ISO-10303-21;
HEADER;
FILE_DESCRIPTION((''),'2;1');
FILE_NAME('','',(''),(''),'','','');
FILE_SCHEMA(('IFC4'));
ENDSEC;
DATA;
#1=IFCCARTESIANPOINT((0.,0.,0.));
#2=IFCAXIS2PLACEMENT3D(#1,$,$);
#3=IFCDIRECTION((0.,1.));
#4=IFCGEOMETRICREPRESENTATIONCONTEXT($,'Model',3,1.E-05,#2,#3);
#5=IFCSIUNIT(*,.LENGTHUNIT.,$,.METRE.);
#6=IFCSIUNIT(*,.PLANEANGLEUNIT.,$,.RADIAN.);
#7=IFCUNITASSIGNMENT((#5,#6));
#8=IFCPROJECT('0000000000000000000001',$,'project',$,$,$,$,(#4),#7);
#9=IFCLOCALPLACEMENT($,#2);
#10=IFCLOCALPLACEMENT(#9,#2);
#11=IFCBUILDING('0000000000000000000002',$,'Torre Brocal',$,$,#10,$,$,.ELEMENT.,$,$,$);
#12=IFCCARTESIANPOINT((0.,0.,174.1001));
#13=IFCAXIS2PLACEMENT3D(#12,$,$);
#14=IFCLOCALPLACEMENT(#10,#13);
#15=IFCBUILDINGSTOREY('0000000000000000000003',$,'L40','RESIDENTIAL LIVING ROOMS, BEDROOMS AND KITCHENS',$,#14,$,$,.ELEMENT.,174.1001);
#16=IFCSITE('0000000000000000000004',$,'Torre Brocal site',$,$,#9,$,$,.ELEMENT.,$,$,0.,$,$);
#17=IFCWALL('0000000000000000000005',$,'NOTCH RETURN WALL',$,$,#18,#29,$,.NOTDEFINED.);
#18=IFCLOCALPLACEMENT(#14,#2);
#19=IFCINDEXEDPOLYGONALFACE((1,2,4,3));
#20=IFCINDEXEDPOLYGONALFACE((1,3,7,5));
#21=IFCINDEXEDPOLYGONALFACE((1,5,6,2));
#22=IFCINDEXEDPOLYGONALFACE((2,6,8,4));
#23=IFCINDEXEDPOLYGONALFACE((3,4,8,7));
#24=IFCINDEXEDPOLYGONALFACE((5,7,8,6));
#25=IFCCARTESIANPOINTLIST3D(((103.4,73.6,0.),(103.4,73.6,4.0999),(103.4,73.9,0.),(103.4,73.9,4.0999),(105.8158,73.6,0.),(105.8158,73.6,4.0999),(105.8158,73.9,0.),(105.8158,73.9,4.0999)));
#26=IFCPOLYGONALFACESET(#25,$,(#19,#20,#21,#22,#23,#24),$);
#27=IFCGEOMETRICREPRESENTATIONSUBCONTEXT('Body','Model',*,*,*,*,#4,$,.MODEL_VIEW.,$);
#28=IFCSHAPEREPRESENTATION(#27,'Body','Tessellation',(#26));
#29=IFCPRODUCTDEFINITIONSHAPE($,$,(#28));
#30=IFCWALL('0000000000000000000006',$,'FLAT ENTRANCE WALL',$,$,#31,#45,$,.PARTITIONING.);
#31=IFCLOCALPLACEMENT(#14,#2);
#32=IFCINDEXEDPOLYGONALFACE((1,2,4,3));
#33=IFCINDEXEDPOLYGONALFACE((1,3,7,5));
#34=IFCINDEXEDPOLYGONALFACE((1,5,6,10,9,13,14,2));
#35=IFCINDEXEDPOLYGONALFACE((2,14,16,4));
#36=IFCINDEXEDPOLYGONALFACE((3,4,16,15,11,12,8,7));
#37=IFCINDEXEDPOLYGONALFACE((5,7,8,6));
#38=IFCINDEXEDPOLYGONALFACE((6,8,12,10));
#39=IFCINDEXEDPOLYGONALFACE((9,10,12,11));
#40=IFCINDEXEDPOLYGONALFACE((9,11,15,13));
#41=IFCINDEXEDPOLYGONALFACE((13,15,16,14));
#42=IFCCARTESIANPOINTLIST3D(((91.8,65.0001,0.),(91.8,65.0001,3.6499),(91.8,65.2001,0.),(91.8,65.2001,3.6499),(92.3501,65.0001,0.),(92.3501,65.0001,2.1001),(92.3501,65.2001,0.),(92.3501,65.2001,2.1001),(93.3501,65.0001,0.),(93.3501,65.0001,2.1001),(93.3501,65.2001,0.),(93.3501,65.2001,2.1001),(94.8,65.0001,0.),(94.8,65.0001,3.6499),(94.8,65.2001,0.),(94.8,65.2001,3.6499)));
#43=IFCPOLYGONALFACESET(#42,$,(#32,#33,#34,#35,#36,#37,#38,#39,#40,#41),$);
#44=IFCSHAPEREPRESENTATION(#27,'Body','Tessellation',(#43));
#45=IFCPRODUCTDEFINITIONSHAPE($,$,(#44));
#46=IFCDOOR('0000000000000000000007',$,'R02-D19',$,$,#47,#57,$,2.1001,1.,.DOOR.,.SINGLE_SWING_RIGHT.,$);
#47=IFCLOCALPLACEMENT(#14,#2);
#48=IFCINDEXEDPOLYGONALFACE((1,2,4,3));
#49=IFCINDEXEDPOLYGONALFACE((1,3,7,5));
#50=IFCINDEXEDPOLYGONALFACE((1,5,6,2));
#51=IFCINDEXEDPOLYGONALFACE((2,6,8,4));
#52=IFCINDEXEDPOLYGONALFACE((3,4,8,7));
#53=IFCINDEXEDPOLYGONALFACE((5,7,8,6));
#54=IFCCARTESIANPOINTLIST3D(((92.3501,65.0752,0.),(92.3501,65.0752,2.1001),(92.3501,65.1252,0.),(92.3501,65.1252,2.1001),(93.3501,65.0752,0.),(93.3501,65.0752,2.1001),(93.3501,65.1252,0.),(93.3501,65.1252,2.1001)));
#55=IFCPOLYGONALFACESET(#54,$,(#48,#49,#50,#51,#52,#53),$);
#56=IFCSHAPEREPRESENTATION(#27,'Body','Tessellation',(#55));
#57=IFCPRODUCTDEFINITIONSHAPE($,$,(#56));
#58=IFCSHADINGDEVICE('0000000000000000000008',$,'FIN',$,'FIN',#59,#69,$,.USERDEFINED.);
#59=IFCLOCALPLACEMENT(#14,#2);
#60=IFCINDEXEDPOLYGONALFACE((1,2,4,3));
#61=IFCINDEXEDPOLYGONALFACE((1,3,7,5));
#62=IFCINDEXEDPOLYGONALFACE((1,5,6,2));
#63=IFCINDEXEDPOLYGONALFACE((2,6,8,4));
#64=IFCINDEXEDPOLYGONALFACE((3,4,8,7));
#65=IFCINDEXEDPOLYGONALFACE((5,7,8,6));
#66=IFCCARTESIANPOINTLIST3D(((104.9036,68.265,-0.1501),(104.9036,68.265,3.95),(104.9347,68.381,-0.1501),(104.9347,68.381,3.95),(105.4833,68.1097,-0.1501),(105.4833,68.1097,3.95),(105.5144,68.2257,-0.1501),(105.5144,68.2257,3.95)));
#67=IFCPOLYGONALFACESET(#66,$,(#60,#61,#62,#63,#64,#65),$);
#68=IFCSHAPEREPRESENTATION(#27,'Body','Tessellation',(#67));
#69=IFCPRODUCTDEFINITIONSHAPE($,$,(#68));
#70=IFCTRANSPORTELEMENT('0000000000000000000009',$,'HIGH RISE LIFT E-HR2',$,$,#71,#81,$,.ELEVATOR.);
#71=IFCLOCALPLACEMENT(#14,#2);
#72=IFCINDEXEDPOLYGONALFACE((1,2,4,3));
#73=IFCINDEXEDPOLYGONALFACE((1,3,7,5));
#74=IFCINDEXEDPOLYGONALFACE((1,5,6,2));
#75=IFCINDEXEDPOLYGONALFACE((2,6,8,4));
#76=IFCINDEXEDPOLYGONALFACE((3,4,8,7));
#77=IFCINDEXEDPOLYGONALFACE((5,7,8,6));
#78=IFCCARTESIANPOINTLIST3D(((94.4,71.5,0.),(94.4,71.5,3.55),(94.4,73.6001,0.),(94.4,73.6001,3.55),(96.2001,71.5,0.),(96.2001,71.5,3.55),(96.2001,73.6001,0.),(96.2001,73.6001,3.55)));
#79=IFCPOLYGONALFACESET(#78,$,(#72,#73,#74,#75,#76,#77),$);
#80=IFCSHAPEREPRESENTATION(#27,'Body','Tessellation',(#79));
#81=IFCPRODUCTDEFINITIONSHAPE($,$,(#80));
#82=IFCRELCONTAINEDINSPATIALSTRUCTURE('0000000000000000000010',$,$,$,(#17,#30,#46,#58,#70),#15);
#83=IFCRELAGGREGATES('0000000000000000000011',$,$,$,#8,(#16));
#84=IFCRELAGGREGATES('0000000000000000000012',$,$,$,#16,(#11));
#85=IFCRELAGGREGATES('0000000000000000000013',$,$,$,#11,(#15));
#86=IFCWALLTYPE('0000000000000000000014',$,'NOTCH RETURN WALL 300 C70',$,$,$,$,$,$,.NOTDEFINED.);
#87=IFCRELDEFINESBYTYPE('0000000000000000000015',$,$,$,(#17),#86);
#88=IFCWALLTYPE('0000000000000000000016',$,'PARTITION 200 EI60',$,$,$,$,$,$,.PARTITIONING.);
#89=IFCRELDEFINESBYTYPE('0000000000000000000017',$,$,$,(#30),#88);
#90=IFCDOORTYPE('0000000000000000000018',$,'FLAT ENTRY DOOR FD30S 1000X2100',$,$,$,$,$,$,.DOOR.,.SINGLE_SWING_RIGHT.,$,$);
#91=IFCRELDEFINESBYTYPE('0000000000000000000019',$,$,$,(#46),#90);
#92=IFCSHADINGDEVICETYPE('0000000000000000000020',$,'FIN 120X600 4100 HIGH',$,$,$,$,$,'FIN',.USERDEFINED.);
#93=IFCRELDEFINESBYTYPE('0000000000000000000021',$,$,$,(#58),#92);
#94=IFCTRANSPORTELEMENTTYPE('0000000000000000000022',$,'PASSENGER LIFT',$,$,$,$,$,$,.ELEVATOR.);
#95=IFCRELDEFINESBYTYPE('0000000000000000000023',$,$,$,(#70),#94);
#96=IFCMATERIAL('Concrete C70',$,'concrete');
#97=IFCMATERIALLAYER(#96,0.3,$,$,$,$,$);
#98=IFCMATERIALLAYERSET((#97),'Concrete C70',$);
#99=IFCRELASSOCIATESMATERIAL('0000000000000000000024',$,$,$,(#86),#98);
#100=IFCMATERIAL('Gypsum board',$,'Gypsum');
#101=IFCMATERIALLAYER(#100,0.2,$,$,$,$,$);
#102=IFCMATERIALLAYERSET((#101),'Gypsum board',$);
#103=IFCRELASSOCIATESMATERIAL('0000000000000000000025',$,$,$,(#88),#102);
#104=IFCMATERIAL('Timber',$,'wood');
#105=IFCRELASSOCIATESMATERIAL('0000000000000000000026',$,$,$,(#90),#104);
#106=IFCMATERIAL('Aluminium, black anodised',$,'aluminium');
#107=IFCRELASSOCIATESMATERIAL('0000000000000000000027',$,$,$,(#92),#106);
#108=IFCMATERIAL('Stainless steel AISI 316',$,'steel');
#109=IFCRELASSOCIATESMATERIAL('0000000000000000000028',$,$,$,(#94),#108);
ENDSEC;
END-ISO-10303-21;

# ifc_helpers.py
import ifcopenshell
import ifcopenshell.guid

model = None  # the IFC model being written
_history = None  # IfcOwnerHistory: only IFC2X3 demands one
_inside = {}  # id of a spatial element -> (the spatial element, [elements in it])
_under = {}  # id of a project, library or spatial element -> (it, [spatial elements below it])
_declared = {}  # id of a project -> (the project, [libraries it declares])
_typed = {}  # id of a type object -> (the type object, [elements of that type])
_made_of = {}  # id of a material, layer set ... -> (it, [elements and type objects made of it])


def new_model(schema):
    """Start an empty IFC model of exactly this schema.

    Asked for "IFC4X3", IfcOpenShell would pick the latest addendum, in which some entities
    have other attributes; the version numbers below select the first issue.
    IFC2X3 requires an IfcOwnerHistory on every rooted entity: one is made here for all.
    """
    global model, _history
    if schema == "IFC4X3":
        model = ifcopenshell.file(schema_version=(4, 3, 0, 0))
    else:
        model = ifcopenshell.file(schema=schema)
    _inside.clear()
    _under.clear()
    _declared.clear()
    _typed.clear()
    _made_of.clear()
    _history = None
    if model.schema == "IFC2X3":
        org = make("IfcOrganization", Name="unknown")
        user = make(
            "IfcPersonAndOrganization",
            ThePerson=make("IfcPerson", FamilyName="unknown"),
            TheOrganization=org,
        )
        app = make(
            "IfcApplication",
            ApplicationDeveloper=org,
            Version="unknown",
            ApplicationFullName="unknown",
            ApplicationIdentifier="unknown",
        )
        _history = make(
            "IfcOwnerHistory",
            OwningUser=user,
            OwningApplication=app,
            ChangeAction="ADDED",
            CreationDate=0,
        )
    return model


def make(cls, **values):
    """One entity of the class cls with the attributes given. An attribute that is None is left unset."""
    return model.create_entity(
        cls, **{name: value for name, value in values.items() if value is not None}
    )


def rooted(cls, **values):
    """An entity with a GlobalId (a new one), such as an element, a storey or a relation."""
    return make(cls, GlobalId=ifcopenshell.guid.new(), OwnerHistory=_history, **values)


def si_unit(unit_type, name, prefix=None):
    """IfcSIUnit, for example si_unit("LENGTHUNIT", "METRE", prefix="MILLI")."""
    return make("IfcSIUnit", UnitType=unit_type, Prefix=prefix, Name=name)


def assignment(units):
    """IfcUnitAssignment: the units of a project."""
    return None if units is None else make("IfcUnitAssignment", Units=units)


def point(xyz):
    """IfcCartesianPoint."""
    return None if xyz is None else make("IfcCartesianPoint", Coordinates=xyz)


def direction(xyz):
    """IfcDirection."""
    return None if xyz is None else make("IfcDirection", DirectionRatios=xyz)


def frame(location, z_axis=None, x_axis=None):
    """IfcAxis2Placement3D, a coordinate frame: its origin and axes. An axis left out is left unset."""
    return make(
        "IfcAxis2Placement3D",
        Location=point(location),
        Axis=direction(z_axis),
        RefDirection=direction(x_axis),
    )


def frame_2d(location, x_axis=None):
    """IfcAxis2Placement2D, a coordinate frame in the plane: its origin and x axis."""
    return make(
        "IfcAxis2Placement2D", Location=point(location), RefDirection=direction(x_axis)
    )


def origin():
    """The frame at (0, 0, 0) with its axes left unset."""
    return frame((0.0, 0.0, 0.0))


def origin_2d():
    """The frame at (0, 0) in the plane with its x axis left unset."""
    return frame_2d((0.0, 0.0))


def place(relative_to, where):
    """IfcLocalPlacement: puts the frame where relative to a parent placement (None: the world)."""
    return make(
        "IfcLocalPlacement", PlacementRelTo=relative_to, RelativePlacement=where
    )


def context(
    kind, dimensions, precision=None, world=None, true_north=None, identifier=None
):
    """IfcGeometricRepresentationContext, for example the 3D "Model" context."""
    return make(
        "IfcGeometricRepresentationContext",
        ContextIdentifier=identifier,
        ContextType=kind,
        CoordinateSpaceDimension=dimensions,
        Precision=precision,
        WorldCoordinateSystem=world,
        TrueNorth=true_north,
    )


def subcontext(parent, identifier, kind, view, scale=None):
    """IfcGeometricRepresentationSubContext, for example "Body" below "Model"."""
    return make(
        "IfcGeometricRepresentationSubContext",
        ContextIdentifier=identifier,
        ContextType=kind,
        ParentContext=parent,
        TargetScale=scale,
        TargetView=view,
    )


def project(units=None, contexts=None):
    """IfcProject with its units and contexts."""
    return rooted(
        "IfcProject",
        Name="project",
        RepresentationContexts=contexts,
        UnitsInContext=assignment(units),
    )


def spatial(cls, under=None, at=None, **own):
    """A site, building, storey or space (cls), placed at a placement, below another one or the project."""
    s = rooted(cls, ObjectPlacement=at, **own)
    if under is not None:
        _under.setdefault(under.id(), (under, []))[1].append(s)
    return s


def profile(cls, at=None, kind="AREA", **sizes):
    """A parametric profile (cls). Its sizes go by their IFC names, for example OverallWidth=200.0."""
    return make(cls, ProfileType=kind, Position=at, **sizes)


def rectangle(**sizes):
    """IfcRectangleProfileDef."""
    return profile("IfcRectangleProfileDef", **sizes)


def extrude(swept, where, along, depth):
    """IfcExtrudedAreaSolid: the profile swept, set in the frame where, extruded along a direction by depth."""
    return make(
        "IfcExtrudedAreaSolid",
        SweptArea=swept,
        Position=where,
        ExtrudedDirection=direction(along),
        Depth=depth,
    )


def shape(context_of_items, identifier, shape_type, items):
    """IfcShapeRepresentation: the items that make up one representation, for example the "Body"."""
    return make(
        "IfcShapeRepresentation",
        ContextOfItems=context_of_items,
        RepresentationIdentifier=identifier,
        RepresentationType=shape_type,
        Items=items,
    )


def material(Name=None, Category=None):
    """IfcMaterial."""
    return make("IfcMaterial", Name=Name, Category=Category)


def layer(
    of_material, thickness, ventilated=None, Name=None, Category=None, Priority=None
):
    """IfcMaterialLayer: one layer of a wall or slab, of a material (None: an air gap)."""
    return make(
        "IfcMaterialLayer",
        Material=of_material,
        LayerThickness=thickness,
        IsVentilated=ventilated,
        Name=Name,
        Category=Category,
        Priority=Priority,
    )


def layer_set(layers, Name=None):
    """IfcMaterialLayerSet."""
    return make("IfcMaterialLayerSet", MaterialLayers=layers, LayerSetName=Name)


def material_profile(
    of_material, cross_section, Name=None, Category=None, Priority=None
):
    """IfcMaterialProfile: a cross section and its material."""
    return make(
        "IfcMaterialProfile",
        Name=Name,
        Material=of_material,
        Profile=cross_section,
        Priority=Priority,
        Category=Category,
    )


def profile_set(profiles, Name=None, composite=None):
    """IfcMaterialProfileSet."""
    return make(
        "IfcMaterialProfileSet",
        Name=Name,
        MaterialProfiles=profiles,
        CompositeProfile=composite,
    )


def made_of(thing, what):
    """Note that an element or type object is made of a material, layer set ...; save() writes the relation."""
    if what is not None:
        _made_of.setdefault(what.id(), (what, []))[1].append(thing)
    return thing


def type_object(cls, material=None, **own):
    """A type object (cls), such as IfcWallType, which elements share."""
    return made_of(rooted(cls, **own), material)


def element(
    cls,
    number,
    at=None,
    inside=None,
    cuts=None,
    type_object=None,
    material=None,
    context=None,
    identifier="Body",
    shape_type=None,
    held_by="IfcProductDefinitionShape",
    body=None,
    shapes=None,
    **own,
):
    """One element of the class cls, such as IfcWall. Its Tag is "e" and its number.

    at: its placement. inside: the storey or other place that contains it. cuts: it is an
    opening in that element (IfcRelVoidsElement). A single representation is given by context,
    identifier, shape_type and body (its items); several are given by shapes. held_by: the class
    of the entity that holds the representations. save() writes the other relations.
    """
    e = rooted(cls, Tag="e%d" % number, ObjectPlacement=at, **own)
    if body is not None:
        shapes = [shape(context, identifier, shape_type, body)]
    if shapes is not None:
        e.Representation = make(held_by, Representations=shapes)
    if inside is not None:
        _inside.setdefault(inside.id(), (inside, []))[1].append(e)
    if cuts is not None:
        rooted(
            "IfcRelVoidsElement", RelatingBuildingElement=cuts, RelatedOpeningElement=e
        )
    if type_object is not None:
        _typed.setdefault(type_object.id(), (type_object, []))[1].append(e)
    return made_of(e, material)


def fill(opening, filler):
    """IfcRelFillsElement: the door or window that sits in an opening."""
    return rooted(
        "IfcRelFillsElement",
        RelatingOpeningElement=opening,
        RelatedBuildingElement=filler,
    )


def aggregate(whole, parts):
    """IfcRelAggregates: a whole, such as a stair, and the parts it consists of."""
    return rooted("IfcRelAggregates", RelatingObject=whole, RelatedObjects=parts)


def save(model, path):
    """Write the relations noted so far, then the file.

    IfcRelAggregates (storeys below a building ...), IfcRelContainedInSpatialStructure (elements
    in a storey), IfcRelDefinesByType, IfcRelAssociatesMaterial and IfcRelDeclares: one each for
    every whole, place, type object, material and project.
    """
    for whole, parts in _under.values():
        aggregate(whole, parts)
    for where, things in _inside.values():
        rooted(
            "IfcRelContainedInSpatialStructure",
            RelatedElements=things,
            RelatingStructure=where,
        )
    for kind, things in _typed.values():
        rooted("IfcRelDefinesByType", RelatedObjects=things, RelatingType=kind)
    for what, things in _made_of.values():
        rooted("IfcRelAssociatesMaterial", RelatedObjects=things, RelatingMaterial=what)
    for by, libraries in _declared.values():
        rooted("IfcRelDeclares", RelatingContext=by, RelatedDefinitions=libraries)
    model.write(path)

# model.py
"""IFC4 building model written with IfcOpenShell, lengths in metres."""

from ifc_helpers import new_model, si_unit, direction, frame, frame_2d, origin, origin_2d, place, context, subcontext, project, spatial, rectangle, extrude, material, layer, layer_set, material_profile, profile_set, type_object, element, fill, save


model = new_model("IFC4")

# Units and contexts
model_context = context("Model", 3, precision=1e-05, world=origin(), true_north=direction((0.0, 1.0)))
body_context = subcontext(model_context, "Body", "Model", "MODEL_VIEW")
ifc_project = project(units=[si_unit("LENGTHUNIT", "METRE"), si_unit("PLANEANGLEUNIT", "RADIAN")], contexts=[model_context])

# Site, building, storey
site_placement = place(None, origin())
site = spatial("IfcSite", under=ifc_project, at=site_placement, Name="Torre Brocal site", CompositionType="ELEMENT", RefElevation=0.0)
building_placement = place(site_placement, origin())
building = spatial("IfcBuilding", under=site, at=building_placement, Name="Torre Brocal", CompositionType="ELEMENT")
storey_placement = place(building_placement, frame((0.0, 0.0, 174.1001)))
storey = spatial("IfcBuildingStorey", under=building, at=storey_placement, Name="L40", Description="RESIDENTIAL LIVING ROOMS, BEDROOMS AND KITCHENS", CompositionType="ELEMENT", Elevation=174.1001)

# Wall
ifc_material_1 = material(Name="Concrete C70", Category="concrete")
ifc_layer_1 = layer(ifc_material_1, 0.3)
ifc_layer_set_1 = layer_set([ifc_layer_1], Name="Concrete C70")
wall_type_1 = type_object("IfcWallType", Name="NOTCH RETURN WALL 300 C70", PredefinedType="NOTDEFINED", material=ifc_layer_set_1)
wall_1_placement = place(storey_placement, frame((103.3999, 73.75, 0.0), z_axis=(0.0, 0.0, 1.0), x_axis=(1.0, 0.0, 0.0)))
element("IfcWall", 1, at=wall_1_placement, inside=storey, type_object=wall_type_1, Name="NOTCH RETURN WALL", PredefinedType="NOTDEFINED", context=body_context, shape_type="SweptSolid", body=[
    extrude(rectangle(XDim=2.4158, YDim=0.3, at=frame_2d((1.208, 0.0))), origin(), (0.0, 0.0, 1.0), 4.0999),
])

# Wall, opening, door
ifc_material_2 = material(Name="Gypsum board", Category="Gypsum")
ifc_layer_2 = layer(ifc_material_2, 0.2)
ifc_layer_set_2 = layer_set([ifc_layer_2], Name="Gypsum board")
wall_type_2 = type_object("IfcWallType", Name="PARTITION 200 EI60", PredefinedType="PARTITIONING", material=ifc_layer_set_2)
wall_2_placement = place(storey_placement, frame((91.8, 65.1001, 0.0), z_axis=(0.0, 0.0, 1.0), x_axis=(1.0, 0.0, 0.0)))
wall_2 = element("IfcWall", 2, at=wall_2_placement, inside=storey, type_object=wall_type_2, Name="FLAT ENTRANCE WALL", PredefinedType="PARTITIONING", context=body_context, shape_type="SweptSolid", body=[
    extrude(rectangle(XDim=3.0, YDim=0.2, at=frame_2d((1.5, 0.0))), origin(), (0.0, 0.0, 1.0), 3.6499),
])
opening_1_placement = place(wall_2_placement, frame((0.55, 0.0, 0.0)))
opening_1 = element("IfcOpeningElement", 3, at=opening_1_placement, cuts=wall_2, PredefinedType="OPENING", context=body_context, shape_type="SweptSolid", body=[
    extrude(rectangle(XDim=1.0, YDim=2.1001, at=frame_2d((0.5, 1.05))), frame((0.0, 0.1099, 0.0), z_axis=(0.0, -1.0, 0.0), x_axis=(1.0, 0.0, 0.0)), (0.0, 0.0, 1.0), 0.22),
])
ifc_material_3 = material(Name="Timber", Category="wood")
door_type_1 = type_object("IfcDoorType", Name="FLAT ENTRY DOOR FD30S 1000X2100", OperationType="SINGLE_SWING_RIGHT", PredefinedType="DOOR", material=ifc_material_3)
door_1_placement = place(opening_1_placement, frame((1.0, 0.0, 0.0), z_axis=(0.0, 0.0, 1.0), x_axis=(-1.0, 0.0, 0.0)))
door_1 = element("IfcDoor", 4, at=door_1_placement, inside=storey, type_object=door_type_1, Name="R02-D19", OperationType="SINGLE_SWING_RIGHT", OverallHeight=2.1001, OverallWidth=1.0, PredefinedType="DOOR", context=body_context, shape_type="SweptSolid", body=[
    extrude(rectangle(XDim=1.0, YDim=2.1001, at=frame_2d((0.5, 1.05))), frame((0.0, 0.0249, 0.0), z_axis=(0.0, -1.0, 0.0), x_axis=(1.0, 0.0, 0.0)), (0.0, 0.0, 1.0), 0.05),
])
fill(opening_1, door_1)

# Shading device
ifc_material_4 = material(Name="Aluminium, black anodised", Category="aluminium")
ifc_material_profile_1 = material_profile(ifc_material_4, rectangle(XDim=0.1201, YDim=0.6001, at=origin_2d()), Name="FIN 120X600 4100 HIGH")
ifc_profile_set_1 = profile_set([ifc_material_profile_1], Name="Aluminium, black anodised")
shading_device_type = type_object("IfcShadingDeviceType", Name="FIN 120X600 4100 HIGH", ElementType="FIN", PredefinedType="USERDEFINED", material=ifc_profile_set_1)
shading_device_placement = place(storey_placement, frame((105.209, 68.2454, -0.1501), z_axis=(0.0, 0.0, 1.0), x_axis=(0.258819, 0.965926, 0.0)))
element("IfcShadingDevice", 5, at=shading_device_placement, inside=storey, type_object=shading_device_type, Name="FIN", ObjectType="FIN", PredefinedType="USERDEFINED", context=body_context, shape_type="SweptSolid", body=[
    extrude(rectangle(XDim=0.1201, YDim=0.6001, at=origin_2d()), origin(), (0.0, 0.0, 1.0), 4.1001),
])

# Transport element
ifc_material_5 = material(Name="Stainless steel AISI 316", Category="steel")
transport_element_type = type_object("IfcTransportElementType", Name="PASSENGER LIFT", PredefinedType="ELEVATOR", material=ifc_material_5)
transport_element_placement = place(storey_placement, frame((95.3, 72.55, 0.0), z_axis=(0.0, 0.0, 1.0), x_axis=(1.0, 0.0, 0.0)))
element("IfcTransportElement", 6, at=transport_element_placement, inside=storey, type_object=transport_element_type, Name="HIGH RISE LIFT E-HR2", PredefinedType="ELEVATOR", context=body_context, shape_type="SweptSolid", body=[
    extrude(rectangle(XDim=1.8, YDim=2.1001, at=origin_2d()), origin(), (0.0, 0.0, 1.0), 3.55),
])

save(model, "model.ifc")
